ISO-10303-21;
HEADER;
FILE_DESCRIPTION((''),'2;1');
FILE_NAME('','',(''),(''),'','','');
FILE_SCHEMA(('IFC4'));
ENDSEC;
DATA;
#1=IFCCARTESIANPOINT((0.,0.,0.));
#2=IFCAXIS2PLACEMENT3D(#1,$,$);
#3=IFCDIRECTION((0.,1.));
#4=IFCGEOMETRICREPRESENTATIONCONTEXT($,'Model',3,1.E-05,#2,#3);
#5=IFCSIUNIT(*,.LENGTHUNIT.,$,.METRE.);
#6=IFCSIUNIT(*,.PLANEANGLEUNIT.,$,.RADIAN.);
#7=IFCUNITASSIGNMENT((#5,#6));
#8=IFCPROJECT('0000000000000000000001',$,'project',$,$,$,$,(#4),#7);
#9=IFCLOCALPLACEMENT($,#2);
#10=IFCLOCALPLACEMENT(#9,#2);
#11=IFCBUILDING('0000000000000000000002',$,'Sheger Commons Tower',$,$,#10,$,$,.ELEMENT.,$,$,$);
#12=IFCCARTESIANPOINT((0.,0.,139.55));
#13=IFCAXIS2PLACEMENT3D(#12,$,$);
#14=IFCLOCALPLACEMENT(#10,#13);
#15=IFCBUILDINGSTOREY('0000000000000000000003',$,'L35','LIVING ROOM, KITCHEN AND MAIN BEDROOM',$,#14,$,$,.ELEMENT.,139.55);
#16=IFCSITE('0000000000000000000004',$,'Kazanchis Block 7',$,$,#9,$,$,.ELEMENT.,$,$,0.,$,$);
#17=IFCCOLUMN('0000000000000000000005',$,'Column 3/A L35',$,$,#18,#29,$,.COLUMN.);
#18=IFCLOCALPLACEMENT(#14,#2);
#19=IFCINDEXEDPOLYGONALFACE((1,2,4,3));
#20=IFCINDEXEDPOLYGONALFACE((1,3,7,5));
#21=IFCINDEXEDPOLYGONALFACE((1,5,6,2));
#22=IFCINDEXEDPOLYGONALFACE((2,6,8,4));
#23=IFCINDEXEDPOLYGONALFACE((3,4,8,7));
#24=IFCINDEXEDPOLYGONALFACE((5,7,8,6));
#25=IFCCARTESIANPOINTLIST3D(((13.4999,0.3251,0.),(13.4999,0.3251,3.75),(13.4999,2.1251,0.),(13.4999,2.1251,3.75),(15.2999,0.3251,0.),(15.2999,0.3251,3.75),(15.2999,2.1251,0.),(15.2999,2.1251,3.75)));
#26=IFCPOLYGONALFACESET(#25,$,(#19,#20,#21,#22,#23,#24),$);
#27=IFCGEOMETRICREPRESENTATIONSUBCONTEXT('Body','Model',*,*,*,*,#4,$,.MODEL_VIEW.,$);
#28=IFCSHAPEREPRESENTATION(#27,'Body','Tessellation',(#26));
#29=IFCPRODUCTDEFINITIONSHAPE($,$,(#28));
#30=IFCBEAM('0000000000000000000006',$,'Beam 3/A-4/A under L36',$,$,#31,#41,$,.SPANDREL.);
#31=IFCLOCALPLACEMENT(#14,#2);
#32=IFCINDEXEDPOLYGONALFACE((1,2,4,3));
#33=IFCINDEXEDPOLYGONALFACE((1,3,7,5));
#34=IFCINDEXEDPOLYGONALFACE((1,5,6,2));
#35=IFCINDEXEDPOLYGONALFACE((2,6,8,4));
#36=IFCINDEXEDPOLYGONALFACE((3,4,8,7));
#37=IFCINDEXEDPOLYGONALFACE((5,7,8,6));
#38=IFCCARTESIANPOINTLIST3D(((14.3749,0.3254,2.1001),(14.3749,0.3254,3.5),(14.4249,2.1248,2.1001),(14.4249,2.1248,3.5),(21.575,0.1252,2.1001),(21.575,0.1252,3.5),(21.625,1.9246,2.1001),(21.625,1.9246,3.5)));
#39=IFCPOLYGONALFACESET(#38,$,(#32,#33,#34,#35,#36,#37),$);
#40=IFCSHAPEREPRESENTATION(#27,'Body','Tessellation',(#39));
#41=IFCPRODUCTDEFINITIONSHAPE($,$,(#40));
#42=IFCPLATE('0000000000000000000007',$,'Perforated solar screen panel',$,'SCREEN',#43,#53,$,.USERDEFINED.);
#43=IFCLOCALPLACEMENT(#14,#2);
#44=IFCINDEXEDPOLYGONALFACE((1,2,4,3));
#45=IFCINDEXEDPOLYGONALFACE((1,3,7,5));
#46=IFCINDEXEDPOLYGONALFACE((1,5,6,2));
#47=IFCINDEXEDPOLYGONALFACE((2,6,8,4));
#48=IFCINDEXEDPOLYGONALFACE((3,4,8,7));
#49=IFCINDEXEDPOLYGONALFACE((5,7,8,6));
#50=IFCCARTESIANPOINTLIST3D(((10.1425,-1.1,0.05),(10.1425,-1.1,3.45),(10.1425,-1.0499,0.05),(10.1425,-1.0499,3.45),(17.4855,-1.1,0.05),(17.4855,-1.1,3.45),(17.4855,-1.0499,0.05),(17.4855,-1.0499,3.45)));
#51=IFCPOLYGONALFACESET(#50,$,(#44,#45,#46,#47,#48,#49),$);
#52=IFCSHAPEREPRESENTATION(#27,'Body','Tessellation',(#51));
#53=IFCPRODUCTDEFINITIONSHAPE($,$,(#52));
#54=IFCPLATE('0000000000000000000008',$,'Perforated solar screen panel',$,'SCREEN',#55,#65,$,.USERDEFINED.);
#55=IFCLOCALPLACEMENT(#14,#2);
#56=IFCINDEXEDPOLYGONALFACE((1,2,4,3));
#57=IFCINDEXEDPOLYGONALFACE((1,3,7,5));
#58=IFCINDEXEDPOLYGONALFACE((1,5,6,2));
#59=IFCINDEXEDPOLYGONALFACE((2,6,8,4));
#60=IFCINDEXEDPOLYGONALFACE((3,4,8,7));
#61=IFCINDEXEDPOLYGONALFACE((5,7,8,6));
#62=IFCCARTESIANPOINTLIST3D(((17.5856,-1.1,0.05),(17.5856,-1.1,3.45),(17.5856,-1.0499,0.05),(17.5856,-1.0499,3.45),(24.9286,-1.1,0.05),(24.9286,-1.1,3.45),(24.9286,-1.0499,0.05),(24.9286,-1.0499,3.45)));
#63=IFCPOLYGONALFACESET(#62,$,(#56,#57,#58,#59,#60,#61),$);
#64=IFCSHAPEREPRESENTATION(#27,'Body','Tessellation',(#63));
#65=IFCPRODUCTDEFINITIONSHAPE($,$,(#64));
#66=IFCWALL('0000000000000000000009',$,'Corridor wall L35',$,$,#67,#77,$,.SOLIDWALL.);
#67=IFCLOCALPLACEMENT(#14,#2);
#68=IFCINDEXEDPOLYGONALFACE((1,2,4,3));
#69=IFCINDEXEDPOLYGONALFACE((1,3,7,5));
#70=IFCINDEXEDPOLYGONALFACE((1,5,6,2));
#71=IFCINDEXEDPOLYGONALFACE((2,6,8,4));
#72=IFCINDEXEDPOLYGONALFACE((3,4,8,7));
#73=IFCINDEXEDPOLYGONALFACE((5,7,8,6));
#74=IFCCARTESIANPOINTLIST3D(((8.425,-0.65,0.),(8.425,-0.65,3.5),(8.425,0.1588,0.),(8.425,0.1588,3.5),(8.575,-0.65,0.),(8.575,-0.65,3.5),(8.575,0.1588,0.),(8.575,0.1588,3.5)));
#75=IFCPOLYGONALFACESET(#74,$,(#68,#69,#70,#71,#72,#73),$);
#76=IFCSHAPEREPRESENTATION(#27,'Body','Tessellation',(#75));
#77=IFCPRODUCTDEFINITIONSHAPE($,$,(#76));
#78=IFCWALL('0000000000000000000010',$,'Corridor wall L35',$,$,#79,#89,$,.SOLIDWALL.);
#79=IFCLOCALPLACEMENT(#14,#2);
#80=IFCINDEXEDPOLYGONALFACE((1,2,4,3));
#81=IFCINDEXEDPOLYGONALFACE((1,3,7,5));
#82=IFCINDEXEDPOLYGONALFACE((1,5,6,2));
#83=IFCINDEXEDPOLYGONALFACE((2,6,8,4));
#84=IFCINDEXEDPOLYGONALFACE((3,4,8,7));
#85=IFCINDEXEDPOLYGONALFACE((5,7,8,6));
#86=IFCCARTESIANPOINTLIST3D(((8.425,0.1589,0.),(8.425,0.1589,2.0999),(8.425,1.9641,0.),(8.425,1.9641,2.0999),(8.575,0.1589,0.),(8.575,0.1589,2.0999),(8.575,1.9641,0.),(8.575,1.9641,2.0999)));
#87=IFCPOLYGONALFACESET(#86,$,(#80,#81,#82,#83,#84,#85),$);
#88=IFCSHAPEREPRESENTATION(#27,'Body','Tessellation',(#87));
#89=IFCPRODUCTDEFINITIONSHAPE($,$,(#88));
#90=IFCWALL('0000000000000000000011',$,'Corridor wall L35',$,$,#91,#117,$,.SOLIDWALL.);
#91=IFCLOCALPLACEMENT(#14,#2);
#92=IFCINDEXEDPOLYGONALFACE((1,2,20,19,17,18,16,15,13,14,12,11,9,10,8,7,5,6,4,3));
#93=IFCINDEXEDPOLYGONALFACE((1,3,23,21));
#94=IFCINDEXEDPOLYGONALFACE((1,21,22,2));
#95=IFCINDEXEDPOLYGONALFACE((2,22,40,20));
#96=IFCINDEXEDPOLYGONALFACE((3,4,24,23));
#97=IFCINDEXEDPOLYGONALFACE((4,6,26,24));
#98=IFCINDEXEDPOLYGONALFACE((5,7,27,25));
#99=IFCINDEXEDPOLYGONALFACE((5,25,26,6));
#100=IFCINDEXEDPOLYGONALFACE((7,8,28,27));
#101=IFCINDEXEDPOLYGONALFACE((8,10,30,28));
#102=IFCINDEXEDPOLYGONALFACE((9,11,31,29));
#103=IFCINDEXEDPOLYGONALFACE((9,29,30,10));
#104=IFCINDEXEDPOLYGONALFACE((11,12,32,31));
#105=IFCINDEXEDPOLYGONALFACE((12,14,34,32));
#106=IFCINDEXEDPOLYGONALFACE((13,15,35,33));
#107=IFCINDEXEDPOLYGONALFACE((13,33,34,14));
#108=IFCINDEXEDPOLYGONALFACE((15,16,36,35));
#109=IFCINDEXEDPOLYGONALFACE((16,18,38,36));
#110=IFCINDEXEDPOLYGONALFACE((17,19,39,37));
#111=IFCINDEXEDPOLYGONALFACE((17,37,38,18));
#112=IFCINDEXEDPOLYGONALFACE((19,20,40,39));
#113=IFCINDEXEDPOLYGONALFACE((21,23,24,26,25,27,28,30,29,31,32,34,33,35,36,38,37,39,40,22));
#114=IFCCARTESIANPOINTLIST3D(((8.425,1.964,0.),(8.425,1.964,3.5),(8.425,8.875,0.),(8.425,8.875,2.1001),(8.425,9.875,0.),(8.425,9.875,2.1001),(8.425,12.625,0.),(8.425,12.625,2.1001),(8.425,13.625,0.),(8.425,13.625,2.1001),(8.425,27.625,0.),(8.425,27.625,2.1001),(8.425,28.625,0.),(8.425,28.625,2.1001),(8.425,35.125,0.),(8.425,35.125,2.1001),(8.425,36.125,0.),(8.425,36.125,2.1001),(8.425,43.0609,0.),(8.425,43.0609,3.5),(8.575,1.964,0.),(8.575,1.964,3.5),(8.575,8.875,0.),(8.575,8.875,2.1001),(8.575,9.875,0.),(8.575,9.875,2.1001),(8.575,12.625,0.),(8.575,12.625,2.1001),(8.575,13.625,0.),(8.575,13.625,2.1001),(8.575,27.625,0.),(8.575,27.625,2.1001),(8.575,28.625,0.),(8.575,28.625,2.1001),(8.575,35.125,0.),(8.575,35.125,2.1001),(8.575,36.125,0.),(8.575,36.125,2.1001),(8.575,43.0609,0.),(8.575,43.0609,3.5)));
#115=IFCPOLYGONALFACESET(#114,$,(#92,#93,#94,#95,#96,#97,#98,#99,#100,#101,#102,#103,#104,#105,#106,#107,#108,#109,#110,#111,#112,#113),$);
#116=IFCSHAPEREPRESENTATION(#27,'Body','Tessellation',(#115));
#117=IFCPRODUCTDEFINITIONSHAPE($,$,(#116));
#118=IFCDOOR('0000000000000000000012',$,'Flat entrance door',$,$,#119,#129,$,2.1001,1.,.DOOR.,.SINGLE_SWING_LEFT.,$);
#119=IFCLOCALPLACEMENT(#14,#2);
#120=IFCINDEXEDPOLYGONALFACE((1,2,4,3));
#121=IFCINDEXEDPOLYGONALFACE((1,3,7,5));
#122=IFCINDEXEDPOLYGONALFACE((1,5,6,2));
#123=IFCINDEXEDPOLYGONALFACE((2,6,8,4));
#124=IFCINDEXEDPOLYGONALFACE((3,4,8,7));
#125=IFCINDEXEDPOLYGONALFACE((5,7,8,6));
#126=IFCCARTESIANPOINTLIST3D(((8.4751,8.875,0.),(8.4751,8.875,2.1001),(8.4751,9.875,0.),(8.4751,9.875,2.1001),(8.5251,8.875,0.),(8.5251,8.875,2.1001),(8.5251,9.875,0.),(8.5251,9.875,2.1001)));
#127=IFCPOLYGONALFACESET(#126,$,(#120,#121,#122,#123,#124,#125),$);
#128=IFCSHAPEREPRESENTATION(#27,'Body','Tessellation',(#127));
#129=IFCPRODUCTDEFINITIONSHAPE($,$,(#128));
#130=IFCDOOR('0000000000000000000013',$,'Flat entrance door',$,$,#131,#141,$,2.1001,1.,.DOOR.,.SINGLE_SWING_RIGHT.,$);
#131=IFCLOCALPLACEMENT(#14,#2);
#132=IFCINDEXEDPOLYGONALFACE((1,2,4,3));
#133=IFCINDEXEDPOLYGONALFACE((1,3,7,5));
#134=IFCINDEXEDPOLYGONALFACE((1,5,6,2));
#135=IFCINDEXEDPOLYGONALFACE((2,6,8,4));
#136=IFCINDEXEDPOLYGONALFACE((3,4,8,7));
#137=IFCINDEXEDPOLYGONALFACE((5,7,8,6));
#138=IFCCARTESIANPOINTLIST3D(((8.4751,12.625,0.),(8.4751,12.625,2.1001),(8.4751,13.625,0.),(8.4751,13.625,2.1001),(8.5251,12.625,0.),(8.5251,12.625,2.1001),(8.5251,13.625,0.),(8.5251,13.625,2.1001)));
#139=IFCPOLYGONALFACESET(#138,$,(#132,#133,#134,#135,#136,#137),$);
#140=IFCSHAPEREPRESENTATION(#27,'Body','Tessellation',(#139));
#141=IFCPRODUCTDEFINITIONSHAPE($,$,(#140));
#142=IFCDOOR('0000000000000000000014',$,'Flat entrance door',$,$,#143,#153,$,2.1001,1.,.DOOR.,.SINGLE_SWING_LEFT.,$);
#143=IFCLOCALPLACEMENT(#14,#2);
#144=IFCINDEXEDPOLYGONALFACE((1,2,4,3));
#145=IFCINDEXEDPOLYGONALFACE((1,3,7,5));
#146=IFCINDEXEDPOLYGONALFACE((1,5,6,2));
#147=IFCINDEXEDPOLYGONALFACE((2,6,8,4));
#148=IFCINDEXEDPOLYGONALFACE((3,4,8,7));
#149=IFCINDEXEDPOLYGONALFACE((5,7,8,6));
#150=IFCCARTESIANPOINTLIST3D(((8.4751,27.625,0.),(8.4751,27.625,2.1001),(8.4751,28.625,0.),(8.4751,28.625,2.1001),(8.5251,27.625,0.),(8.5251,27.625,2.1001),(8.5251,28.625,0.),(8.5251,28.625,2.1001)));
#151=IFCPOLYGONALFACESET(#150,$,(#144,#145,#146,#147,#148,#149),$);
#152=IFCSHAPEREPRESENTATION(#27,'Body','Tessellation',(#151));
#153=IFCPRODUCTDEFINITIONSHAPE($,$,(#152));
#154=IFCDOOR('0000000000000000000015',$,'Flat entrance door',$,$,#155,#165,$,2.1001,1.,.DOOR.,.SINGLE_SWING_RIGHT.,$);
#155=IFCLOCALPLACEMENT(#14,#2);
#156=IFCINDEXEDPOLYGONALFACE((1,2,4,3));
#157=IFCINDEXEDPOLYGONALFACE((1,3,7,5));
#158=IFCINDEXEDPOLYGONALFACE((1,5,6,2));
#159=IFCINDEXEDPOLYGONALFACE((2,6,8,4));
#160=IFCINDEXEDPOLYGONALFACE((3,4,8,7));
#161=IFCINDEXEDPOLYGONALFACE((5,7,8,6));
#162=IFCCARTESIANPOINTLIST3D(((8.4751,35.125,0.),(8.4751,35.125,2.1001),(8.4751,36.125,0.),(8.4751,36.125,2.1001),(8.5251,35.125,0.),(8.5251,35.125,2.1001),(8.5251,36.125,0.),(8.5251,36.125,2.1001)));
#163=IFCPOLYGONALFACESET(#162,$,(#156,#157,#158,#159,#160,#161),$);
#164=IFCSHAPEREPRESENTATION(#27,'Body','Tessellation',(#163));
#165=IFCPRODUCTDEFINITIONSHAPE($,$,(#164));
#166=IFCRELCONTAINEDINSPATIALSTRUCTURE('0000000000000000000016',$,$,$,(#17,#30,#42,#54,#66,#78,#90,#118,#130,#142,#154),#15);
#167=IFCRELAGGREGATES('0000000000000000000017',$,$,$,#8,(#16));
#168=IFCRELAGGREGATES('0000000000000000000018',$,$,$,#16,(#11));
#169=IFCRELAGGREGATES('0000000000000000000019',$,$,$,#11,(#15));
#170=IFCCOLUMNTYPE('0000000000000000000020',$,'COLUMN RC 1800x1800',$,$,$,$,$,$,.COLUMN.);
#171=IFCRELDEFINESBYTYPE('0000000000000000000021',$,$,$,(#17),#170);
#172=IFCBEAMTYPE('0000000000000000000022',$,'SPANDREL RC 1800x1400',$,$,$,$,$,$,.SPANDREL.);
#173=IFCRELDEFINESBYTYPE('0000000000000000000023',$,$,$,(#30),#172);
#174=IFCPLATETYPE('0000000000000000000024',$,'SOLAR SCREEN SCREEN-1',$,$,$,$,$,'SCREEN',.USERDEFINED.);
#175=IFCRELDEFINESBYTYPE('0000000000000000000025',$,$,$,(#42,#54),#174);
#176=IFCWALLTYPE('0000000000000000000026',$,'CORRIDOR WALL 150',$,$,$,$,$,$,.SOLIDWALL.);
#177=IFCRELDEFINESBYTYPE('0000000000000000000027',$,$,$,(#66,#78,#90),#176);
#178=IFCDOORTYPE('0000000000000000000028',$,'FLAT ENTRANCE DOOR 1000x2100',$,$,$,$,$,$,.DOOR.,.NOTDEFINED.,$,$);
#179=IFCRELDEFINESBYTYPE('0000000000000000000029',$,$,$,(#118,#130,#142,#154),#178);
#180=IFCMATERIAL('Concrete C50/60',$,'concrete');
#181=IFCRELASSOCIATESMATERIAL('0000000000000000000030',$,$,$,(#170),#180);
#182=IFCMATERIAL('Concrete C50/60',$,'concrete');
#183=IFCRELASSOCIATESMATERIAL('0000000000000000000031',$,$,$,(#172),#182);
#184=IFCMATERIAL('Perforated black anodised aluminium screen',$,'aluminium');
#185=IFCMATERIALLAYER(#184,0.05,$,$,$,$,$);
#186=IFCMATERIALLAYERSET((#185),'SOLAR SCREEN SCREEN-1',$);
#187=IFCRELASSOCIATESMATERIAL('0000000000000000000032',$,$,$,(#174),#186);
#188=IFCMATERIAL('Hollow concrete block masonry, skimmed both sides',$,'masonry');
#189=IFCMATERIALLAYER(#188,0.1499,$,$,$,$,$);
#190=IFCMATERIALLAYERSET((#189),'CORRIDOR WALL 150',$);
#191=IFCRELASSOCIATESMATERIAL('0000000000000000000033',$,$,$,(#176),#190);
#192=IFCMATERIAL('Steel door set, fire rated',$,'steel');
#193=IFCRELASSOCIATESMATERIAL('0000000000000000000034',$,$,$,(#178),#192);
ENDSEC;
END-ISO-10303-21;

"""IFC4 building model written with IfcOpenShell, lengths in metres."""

from ifc_helpers import new_model, si_unit, direction, frame, frame_2d, origin, origin_2d, place, context, subcontext, project, spatial, rectangle, extrude, material, layer, layer_set, material_profile, profile_set, type_object, element, fill, save


model = new_model("IFC4")

# Units and contexts
model_context = context("Model", 3, precision=1e-05, world=origin(), true_north=direction((0.0, 1.0)))
body_context = subcontext(model_context, "Body", "Model", "MODEL_VIEW")
ifc_project = project(units=[si_unit("LENGTHUNIT", "METRE"), si_unit("PLANEANGLEUNIT", "RADIAN")], contexts=[model_context])

# Site, building, storey
site_placement = place(None, origin())
site = spatial("IfcSite", under=ifc_project, at=site_placement, Name="Kazanchis Block 7", CompositionType="ELEMENT", RefElevation=0.0)
building_placement = place(site_placement, origin())
building = spatial("IfcBuilding", under=site, at=building_placement, Name="Sheger Commons Tower", CompositionType="ELEMENT")
storey_placement = place(building_placement, frame((0.0, 0.0, 139.55)))
storey = spatial("IfcBuildingStorey", under=building, at=storey_placement, Name="L35", Description="LIVING ROOM, KITCHEN AND MAIN BEDROOM", CompositionType="ELEMENT", Elevation=139.55)

# Column
ifc_material_1 = material(Name="Concrete C50/60", Category="concrete")
ifc_material_profile_1 = material_profile(ifc_material_1, rectangle(XDim=1.8, YDim=1.8, at=origin_2d()), Name="RC 1800x1800")
ifc_profile_set_1 = profile_set([ifc_material_profile_1], Name="Concrete C50/60")
column_type = type_object("IfcColumnType", Name="COLUMN RC 1800x1800", PredefinedType="COLUMN", material=ifc_profile_set_1)
column_placement = place(storey_placement, frame((14.3999, 1.2251, 0.0), z_axis=(0.0, 0.0, 1.0), x_axis=(1.0, 0.0, 0.0)))
element("IfcColumn", 1, at=column_placement, inside=storey, type_object=column_type, Name="Column 3/A L35", PredefinedType="COLUMN", context=body_context, shape_type="SweptSolid", body=[
    extrude(rectangle(XDim=1.8, YDim=1.8, at=origin_2d()), origin(), (0.0, 0.0, 1.0), 3.75),
])

# Beam
ifc_material_2 = material(Name="Concrete C50/60", Category="concrete")
ifc_material_profile_2 = material_profile(ifc_material_2, rectangle(XDim=1.8, YDim=1.3999, at=origin_2d()), Name="RC 1800x1400")
ifc_profile_set_2 = profile_set([ifc_material_profile_2], Name="Concrete C50/60")
beam_type = type_object("IfcBeamType", Name="SPANDREL RC 1800x1400", PredefinedType="SPANDREL", material=ifc_profile_set_2)
beam_placement = place(storey_placement, frame((14.3999, 1.2251, 2.8), z_axis=(0.999614, -0.027793, 0.0), x_axis=(0.027793, 0.999614, 0.0)))
element("IfcBeam", 2, at=beam_placement, inside=storey, type_object=beam_type, Name="Beam 3/A-4/A under L36", PredefinedType="SPANDREL", context=body_context, shape_type="SweptSolid", body=[
    extrude(rectangle(XDim=1.8, YDim=1.3999, at=origin_2d()), origin(), (0.0, 0.0, 1.0), 7.2029),
])

# Plates
ifc_material_3 = material(Name="Perforated black anodised aluminium screen", Category="aluminium")
ifc_layer_1 = layer(ifc_material_3, 0.05)
ifc_layer_set_1 = layer_set([ifc_layer_1], Name="SOLAR SCREEN SCREEN-1")
plate_type = type_object("IfcPlateType", Name="SOLAR SCREEN SCREEN-1", ElementType="SCREEN", PredefinedType="USERDEFINED", material=ifc_layer_set_1)
for number, where, z_axis, x_axis, name in (
    (3, (13.814, -1.075, 0.05), (0.0, 0.0, 1.0), (1.0, 0.0, 0.0), "Perforated solar screen panel"),
    (4, (21.2571, -1.075, 0.05), (0.0, 0.0, 1.0), (1.0, 0.0, 0.0), "Perforated solar screen panel"),
):
    element("IfcPlate", number, at=place(storey_placement, frame(where, z_axis=z_axis, x_axis=x_axis)), inside=storey, type_object=plate_type, Name=name, ObjectType="SCREEN", PredefinedType="USERDEFINED", context=body_context, shape_type="SweptSolid", body=[
        extrude(rectangle(XDim=7.343, YDim=0.05, at=origin_2d()), origin(), (0.0, 0.0, 1.0), 3.3999),
    ])

# Walls
ifc_material_4 = material(Name="Hollow concrete block masonry, skimmed both sides", Category="masonry")
ifc_layer_2 = layer(ifc_material_4, 0.1499)
ifc_layer_set_2 = layer_set([ifc_layer_2], Name="CORRIDOR WALL 150")
wall_type_1 = type_object("IfcWallType", Name="CORRIDOR WALL 150", PredefinedType="SOLIDWALL", material=ifc_layer_set_2)
wall_1_placement = place(storey_placement, frame((8.5, -0.6499, 0.0), z_axis=(0.0, 0.0, 1.0), x_axis=(0.0, 1.0, 0.0)))
element("IfcWall", 5, at=wall_1_placement, inside=storey, type_object=wall_type_1, Name="Corridor wall L35", PredefinedType="SOLIDWALL", context=body_context, shape_type="SweptSolid", body=[
    extrude(rectangle(XDim=0.8088, YDim=0.1499, at=frame_2d((0.4043, 0.0))), origin(), (0.0, 0.0, 1.0), 3.5),
])
wall_2_placement = place(storey_placement, frame((8.5, 0.1589, 0.0), z_axis=(0.0, 0.0, 1.0), x_axis=(0.0, 1.0, 0.0)))
element("IfcWall", 6, at=wall_2_placement, inside=storey, type_object=wall_type_1, Name="Corridor wall L35", PredefinedType="SOLIDWALL", context=body_context, shape_type="SweptSolid", body=[
    extrude(rectangle(XDim=1.8052, YDim=0.1499, at=frame_2d((0.9026, 0.0))), origin(), (0.0, 0.0, 1.0), 2.0999),
])

# Wall, openings, doors
wall_3_placement = place(storey_placement, frame((8.5, 1.9641, 0.0), z_axis=(0.0, 0.0, 1.0), x_axis=(0.0, 1.0, 0.0)))
wall_3 = element("IfcWall", 7, at=wall_3_placement, inside=storey, type_object=wall_type_1, Name="Corridor wall L35", PredefinedType="SOLIDWALL", context=body_context, shape_type="SweptSolid", body=[
    extrude(rectangle(XDim=41.0969, YDim=0.1499, at=frame_2d((20.5483, 0.0))), origin(), (0.0, 0.0, 1.0), 3.5),
])
opening_1_placement = place(wall_3_placement, frame((6.9109, 0.0, 0.0)))
opening_1 = element("IfcOpeningElement", 8, at=opening_1_placement, cuts=wall_3, PredefinedType="OPENING", context=body_context, shape_type="SweptSolid", body=[
    extrude(rectangle(XDim=1.0, YDim=2.1001, at=frame_2d((0.5, 1.05))), frame((0.0, 0.085, 0.0), z_axis=(0.0, -1.0, 0.0), x_axis=(1.0, 0.0, 0.0)), (0.0, 0.0, 1.0), 0.1699),
])
opening_2_placement = place(wall_3_placement, frame((10.6609, 0.0, 0.0)))
opening_2 = element("IfcOpeningElement", 9, at=opening_2_placement, cuts=wall_3, PredefinedType="OPENING", context=body_context, shape_type="SweptSolid", body=[
    extrude(rectangle(XDim=1.0, YDim=2.1001, at=frame_2d((0.5, 1.05))), frame((0.0, 0.085, 0.0), z_axis=(0.0, -1.0, 0.0), x_axis=(1.0, 0.0, 0.0)), (0.0, 0.0, 1.0), 0.1699),
])
opening_3_placement = place(wall_3_placement, frame((25.6609, 0.0, 0.0)))
opening_3 = element("IfcOpeningElement", 10, at=opening_3_placement, cuts=wall_3, PredefinedType="OPENING", context=body_context, shape_type="SweptSolid", body=[
    extrude(rectangle(XDim=1.0, YDim=2.1001, at=frame_2d((0.5, 1.05))), frame((0.0, 0.085, 0.0), z_axis=(0.0, -1.0, 0.0), x_axis=(1.0, 0.0, 0.0)), (0.0, 0.0, 1.0), 0.1699),
])
opening_4_placement = place(wall_3_placement, frame((33.1609, 0.0, 0.0)))
opening_4 = element("IfcOpeningElement", 11, at=opening_4_placement, cuts=wall_3, PredefinedType="OPENING", context=body_context, shape_type="SweptSolid", body=[
    extrude(rectangle(XDim=1.0, YDim=2.1001, at=frame_2d((0.5, 1.05))), frame((0.0, 0.085, 0.0), z_axis=(0.0, -1.0, 0.0), x_axis=(1.0, 0.0, 0.0)), (0.0, 0.0, 1.0), 0.1699),
])
ifc_material_5 = material(Name="Steel door set, fire rated", Category="steel")
door_type = type_object("IfcDoorType", Name="FLAT ENTRANCE DOOR 1000x2100", OperationType="NOTDEFINED", PredefinedType="DOOR", material=ifc_material_5)
door_1_placement = place(opening_1_placement, origin())
door_1 = element("IfcDoor", 12, at=door_1_placement, inside=storey, type_object=door_type, Name="Flat entrance door", OperationType="SINGLE_SWING_LEFT", OverallHeight=2.1001, OverallWidth=1.0, PredefinedType="DOOR", context=body_context, shape_type="SweptSolid", body=[
    extrude(rectangle(XDim=1.0, YDim=2.1001, at=frame_2d((0.5, 1.05))), frame((0.0, 0.0249, 0.0), z_axis=(0.0, -1.0, 0.0), x_axis=(1.0, 0.0, 0.0)), (0.0, 0.0, 1.0), 0.05),
])
fill(opening_1, door_1)
door_2_placement = place(opening_2_placement, origin())
door_2 = element("IfcDoor", 13, at=door_2_placement, inside=storey, type_object=door_type, Name="Flat entrance door", OperationType="SINGLE_SWING_RIGHT", OverallHeight=2.1001, OverallWidth=1.0, PredefinedType="DOOR", context=body_context, shape_type="SweptSolid", body=[
    extrude(rectangle(XDim=1.0, YDim=2.1001, at=frame_2d((0.5, 1.05))), frame((0.0, 0.0249, 0.0), z_axis=(0.0, -1.0, 0.0), x_axis=(1.0, 0.0, 0.0)), (0.0, 0.0, 1.0), 0.05),
])
fill(opening_2, door_2)
door_3_placement = place(opening_3_placement, origin())
door_3 = element("IfcDoor", 14, at=door_3_placement, inside=storey, type_object=door_type, Name="Flat entrance door", OperationType="SINGLE_SWING_LEFT", OverallHeight=2.1001, OverallWidth=1.0, PredefinedType="DOOR", context=body_context, shape_type="SweptSolid", body=[
    extrude(rectangle(XDim=1.0, YDim=2.1001, at=frame_2d((0.5, 1.05))), frame((0.0, 0.0249, 0.0), z_axis=(0.0, -1.0, 0.0), x_axis=(1.0, 0.0, 0.0)), (0.0, 0.0, 1.0), 0.05),
])
fill(opening_3, door_3)
door_4_placement = place(opening_4_placement, origin())
door_4 = element("IfcDoor", 15, at=door_4_placement, inside=storey, type_object=door_type, Name="Flat entrance door", OperationType="SINGLE_SWING_RIGHT", OverallHeight=2.1001, OverallWidth=1.0, PredefinedType="DOOR", context=body_context, shape_type="SweptSolid", body=[
    extrude(rectangle(XDim=1.0, YDim=2.1001, at=frame_2d((0.5, 1.05))), frame((0.0, 0.0249, 0.0), z_axis=(0.0, -1.0, 0.0), x_axis=(1.0, 0.0, 0.0)), (0.0, 0.0, 1.0), 0.05),
])
fill(opening_4, door_4)

save(model, "model.ifc")
